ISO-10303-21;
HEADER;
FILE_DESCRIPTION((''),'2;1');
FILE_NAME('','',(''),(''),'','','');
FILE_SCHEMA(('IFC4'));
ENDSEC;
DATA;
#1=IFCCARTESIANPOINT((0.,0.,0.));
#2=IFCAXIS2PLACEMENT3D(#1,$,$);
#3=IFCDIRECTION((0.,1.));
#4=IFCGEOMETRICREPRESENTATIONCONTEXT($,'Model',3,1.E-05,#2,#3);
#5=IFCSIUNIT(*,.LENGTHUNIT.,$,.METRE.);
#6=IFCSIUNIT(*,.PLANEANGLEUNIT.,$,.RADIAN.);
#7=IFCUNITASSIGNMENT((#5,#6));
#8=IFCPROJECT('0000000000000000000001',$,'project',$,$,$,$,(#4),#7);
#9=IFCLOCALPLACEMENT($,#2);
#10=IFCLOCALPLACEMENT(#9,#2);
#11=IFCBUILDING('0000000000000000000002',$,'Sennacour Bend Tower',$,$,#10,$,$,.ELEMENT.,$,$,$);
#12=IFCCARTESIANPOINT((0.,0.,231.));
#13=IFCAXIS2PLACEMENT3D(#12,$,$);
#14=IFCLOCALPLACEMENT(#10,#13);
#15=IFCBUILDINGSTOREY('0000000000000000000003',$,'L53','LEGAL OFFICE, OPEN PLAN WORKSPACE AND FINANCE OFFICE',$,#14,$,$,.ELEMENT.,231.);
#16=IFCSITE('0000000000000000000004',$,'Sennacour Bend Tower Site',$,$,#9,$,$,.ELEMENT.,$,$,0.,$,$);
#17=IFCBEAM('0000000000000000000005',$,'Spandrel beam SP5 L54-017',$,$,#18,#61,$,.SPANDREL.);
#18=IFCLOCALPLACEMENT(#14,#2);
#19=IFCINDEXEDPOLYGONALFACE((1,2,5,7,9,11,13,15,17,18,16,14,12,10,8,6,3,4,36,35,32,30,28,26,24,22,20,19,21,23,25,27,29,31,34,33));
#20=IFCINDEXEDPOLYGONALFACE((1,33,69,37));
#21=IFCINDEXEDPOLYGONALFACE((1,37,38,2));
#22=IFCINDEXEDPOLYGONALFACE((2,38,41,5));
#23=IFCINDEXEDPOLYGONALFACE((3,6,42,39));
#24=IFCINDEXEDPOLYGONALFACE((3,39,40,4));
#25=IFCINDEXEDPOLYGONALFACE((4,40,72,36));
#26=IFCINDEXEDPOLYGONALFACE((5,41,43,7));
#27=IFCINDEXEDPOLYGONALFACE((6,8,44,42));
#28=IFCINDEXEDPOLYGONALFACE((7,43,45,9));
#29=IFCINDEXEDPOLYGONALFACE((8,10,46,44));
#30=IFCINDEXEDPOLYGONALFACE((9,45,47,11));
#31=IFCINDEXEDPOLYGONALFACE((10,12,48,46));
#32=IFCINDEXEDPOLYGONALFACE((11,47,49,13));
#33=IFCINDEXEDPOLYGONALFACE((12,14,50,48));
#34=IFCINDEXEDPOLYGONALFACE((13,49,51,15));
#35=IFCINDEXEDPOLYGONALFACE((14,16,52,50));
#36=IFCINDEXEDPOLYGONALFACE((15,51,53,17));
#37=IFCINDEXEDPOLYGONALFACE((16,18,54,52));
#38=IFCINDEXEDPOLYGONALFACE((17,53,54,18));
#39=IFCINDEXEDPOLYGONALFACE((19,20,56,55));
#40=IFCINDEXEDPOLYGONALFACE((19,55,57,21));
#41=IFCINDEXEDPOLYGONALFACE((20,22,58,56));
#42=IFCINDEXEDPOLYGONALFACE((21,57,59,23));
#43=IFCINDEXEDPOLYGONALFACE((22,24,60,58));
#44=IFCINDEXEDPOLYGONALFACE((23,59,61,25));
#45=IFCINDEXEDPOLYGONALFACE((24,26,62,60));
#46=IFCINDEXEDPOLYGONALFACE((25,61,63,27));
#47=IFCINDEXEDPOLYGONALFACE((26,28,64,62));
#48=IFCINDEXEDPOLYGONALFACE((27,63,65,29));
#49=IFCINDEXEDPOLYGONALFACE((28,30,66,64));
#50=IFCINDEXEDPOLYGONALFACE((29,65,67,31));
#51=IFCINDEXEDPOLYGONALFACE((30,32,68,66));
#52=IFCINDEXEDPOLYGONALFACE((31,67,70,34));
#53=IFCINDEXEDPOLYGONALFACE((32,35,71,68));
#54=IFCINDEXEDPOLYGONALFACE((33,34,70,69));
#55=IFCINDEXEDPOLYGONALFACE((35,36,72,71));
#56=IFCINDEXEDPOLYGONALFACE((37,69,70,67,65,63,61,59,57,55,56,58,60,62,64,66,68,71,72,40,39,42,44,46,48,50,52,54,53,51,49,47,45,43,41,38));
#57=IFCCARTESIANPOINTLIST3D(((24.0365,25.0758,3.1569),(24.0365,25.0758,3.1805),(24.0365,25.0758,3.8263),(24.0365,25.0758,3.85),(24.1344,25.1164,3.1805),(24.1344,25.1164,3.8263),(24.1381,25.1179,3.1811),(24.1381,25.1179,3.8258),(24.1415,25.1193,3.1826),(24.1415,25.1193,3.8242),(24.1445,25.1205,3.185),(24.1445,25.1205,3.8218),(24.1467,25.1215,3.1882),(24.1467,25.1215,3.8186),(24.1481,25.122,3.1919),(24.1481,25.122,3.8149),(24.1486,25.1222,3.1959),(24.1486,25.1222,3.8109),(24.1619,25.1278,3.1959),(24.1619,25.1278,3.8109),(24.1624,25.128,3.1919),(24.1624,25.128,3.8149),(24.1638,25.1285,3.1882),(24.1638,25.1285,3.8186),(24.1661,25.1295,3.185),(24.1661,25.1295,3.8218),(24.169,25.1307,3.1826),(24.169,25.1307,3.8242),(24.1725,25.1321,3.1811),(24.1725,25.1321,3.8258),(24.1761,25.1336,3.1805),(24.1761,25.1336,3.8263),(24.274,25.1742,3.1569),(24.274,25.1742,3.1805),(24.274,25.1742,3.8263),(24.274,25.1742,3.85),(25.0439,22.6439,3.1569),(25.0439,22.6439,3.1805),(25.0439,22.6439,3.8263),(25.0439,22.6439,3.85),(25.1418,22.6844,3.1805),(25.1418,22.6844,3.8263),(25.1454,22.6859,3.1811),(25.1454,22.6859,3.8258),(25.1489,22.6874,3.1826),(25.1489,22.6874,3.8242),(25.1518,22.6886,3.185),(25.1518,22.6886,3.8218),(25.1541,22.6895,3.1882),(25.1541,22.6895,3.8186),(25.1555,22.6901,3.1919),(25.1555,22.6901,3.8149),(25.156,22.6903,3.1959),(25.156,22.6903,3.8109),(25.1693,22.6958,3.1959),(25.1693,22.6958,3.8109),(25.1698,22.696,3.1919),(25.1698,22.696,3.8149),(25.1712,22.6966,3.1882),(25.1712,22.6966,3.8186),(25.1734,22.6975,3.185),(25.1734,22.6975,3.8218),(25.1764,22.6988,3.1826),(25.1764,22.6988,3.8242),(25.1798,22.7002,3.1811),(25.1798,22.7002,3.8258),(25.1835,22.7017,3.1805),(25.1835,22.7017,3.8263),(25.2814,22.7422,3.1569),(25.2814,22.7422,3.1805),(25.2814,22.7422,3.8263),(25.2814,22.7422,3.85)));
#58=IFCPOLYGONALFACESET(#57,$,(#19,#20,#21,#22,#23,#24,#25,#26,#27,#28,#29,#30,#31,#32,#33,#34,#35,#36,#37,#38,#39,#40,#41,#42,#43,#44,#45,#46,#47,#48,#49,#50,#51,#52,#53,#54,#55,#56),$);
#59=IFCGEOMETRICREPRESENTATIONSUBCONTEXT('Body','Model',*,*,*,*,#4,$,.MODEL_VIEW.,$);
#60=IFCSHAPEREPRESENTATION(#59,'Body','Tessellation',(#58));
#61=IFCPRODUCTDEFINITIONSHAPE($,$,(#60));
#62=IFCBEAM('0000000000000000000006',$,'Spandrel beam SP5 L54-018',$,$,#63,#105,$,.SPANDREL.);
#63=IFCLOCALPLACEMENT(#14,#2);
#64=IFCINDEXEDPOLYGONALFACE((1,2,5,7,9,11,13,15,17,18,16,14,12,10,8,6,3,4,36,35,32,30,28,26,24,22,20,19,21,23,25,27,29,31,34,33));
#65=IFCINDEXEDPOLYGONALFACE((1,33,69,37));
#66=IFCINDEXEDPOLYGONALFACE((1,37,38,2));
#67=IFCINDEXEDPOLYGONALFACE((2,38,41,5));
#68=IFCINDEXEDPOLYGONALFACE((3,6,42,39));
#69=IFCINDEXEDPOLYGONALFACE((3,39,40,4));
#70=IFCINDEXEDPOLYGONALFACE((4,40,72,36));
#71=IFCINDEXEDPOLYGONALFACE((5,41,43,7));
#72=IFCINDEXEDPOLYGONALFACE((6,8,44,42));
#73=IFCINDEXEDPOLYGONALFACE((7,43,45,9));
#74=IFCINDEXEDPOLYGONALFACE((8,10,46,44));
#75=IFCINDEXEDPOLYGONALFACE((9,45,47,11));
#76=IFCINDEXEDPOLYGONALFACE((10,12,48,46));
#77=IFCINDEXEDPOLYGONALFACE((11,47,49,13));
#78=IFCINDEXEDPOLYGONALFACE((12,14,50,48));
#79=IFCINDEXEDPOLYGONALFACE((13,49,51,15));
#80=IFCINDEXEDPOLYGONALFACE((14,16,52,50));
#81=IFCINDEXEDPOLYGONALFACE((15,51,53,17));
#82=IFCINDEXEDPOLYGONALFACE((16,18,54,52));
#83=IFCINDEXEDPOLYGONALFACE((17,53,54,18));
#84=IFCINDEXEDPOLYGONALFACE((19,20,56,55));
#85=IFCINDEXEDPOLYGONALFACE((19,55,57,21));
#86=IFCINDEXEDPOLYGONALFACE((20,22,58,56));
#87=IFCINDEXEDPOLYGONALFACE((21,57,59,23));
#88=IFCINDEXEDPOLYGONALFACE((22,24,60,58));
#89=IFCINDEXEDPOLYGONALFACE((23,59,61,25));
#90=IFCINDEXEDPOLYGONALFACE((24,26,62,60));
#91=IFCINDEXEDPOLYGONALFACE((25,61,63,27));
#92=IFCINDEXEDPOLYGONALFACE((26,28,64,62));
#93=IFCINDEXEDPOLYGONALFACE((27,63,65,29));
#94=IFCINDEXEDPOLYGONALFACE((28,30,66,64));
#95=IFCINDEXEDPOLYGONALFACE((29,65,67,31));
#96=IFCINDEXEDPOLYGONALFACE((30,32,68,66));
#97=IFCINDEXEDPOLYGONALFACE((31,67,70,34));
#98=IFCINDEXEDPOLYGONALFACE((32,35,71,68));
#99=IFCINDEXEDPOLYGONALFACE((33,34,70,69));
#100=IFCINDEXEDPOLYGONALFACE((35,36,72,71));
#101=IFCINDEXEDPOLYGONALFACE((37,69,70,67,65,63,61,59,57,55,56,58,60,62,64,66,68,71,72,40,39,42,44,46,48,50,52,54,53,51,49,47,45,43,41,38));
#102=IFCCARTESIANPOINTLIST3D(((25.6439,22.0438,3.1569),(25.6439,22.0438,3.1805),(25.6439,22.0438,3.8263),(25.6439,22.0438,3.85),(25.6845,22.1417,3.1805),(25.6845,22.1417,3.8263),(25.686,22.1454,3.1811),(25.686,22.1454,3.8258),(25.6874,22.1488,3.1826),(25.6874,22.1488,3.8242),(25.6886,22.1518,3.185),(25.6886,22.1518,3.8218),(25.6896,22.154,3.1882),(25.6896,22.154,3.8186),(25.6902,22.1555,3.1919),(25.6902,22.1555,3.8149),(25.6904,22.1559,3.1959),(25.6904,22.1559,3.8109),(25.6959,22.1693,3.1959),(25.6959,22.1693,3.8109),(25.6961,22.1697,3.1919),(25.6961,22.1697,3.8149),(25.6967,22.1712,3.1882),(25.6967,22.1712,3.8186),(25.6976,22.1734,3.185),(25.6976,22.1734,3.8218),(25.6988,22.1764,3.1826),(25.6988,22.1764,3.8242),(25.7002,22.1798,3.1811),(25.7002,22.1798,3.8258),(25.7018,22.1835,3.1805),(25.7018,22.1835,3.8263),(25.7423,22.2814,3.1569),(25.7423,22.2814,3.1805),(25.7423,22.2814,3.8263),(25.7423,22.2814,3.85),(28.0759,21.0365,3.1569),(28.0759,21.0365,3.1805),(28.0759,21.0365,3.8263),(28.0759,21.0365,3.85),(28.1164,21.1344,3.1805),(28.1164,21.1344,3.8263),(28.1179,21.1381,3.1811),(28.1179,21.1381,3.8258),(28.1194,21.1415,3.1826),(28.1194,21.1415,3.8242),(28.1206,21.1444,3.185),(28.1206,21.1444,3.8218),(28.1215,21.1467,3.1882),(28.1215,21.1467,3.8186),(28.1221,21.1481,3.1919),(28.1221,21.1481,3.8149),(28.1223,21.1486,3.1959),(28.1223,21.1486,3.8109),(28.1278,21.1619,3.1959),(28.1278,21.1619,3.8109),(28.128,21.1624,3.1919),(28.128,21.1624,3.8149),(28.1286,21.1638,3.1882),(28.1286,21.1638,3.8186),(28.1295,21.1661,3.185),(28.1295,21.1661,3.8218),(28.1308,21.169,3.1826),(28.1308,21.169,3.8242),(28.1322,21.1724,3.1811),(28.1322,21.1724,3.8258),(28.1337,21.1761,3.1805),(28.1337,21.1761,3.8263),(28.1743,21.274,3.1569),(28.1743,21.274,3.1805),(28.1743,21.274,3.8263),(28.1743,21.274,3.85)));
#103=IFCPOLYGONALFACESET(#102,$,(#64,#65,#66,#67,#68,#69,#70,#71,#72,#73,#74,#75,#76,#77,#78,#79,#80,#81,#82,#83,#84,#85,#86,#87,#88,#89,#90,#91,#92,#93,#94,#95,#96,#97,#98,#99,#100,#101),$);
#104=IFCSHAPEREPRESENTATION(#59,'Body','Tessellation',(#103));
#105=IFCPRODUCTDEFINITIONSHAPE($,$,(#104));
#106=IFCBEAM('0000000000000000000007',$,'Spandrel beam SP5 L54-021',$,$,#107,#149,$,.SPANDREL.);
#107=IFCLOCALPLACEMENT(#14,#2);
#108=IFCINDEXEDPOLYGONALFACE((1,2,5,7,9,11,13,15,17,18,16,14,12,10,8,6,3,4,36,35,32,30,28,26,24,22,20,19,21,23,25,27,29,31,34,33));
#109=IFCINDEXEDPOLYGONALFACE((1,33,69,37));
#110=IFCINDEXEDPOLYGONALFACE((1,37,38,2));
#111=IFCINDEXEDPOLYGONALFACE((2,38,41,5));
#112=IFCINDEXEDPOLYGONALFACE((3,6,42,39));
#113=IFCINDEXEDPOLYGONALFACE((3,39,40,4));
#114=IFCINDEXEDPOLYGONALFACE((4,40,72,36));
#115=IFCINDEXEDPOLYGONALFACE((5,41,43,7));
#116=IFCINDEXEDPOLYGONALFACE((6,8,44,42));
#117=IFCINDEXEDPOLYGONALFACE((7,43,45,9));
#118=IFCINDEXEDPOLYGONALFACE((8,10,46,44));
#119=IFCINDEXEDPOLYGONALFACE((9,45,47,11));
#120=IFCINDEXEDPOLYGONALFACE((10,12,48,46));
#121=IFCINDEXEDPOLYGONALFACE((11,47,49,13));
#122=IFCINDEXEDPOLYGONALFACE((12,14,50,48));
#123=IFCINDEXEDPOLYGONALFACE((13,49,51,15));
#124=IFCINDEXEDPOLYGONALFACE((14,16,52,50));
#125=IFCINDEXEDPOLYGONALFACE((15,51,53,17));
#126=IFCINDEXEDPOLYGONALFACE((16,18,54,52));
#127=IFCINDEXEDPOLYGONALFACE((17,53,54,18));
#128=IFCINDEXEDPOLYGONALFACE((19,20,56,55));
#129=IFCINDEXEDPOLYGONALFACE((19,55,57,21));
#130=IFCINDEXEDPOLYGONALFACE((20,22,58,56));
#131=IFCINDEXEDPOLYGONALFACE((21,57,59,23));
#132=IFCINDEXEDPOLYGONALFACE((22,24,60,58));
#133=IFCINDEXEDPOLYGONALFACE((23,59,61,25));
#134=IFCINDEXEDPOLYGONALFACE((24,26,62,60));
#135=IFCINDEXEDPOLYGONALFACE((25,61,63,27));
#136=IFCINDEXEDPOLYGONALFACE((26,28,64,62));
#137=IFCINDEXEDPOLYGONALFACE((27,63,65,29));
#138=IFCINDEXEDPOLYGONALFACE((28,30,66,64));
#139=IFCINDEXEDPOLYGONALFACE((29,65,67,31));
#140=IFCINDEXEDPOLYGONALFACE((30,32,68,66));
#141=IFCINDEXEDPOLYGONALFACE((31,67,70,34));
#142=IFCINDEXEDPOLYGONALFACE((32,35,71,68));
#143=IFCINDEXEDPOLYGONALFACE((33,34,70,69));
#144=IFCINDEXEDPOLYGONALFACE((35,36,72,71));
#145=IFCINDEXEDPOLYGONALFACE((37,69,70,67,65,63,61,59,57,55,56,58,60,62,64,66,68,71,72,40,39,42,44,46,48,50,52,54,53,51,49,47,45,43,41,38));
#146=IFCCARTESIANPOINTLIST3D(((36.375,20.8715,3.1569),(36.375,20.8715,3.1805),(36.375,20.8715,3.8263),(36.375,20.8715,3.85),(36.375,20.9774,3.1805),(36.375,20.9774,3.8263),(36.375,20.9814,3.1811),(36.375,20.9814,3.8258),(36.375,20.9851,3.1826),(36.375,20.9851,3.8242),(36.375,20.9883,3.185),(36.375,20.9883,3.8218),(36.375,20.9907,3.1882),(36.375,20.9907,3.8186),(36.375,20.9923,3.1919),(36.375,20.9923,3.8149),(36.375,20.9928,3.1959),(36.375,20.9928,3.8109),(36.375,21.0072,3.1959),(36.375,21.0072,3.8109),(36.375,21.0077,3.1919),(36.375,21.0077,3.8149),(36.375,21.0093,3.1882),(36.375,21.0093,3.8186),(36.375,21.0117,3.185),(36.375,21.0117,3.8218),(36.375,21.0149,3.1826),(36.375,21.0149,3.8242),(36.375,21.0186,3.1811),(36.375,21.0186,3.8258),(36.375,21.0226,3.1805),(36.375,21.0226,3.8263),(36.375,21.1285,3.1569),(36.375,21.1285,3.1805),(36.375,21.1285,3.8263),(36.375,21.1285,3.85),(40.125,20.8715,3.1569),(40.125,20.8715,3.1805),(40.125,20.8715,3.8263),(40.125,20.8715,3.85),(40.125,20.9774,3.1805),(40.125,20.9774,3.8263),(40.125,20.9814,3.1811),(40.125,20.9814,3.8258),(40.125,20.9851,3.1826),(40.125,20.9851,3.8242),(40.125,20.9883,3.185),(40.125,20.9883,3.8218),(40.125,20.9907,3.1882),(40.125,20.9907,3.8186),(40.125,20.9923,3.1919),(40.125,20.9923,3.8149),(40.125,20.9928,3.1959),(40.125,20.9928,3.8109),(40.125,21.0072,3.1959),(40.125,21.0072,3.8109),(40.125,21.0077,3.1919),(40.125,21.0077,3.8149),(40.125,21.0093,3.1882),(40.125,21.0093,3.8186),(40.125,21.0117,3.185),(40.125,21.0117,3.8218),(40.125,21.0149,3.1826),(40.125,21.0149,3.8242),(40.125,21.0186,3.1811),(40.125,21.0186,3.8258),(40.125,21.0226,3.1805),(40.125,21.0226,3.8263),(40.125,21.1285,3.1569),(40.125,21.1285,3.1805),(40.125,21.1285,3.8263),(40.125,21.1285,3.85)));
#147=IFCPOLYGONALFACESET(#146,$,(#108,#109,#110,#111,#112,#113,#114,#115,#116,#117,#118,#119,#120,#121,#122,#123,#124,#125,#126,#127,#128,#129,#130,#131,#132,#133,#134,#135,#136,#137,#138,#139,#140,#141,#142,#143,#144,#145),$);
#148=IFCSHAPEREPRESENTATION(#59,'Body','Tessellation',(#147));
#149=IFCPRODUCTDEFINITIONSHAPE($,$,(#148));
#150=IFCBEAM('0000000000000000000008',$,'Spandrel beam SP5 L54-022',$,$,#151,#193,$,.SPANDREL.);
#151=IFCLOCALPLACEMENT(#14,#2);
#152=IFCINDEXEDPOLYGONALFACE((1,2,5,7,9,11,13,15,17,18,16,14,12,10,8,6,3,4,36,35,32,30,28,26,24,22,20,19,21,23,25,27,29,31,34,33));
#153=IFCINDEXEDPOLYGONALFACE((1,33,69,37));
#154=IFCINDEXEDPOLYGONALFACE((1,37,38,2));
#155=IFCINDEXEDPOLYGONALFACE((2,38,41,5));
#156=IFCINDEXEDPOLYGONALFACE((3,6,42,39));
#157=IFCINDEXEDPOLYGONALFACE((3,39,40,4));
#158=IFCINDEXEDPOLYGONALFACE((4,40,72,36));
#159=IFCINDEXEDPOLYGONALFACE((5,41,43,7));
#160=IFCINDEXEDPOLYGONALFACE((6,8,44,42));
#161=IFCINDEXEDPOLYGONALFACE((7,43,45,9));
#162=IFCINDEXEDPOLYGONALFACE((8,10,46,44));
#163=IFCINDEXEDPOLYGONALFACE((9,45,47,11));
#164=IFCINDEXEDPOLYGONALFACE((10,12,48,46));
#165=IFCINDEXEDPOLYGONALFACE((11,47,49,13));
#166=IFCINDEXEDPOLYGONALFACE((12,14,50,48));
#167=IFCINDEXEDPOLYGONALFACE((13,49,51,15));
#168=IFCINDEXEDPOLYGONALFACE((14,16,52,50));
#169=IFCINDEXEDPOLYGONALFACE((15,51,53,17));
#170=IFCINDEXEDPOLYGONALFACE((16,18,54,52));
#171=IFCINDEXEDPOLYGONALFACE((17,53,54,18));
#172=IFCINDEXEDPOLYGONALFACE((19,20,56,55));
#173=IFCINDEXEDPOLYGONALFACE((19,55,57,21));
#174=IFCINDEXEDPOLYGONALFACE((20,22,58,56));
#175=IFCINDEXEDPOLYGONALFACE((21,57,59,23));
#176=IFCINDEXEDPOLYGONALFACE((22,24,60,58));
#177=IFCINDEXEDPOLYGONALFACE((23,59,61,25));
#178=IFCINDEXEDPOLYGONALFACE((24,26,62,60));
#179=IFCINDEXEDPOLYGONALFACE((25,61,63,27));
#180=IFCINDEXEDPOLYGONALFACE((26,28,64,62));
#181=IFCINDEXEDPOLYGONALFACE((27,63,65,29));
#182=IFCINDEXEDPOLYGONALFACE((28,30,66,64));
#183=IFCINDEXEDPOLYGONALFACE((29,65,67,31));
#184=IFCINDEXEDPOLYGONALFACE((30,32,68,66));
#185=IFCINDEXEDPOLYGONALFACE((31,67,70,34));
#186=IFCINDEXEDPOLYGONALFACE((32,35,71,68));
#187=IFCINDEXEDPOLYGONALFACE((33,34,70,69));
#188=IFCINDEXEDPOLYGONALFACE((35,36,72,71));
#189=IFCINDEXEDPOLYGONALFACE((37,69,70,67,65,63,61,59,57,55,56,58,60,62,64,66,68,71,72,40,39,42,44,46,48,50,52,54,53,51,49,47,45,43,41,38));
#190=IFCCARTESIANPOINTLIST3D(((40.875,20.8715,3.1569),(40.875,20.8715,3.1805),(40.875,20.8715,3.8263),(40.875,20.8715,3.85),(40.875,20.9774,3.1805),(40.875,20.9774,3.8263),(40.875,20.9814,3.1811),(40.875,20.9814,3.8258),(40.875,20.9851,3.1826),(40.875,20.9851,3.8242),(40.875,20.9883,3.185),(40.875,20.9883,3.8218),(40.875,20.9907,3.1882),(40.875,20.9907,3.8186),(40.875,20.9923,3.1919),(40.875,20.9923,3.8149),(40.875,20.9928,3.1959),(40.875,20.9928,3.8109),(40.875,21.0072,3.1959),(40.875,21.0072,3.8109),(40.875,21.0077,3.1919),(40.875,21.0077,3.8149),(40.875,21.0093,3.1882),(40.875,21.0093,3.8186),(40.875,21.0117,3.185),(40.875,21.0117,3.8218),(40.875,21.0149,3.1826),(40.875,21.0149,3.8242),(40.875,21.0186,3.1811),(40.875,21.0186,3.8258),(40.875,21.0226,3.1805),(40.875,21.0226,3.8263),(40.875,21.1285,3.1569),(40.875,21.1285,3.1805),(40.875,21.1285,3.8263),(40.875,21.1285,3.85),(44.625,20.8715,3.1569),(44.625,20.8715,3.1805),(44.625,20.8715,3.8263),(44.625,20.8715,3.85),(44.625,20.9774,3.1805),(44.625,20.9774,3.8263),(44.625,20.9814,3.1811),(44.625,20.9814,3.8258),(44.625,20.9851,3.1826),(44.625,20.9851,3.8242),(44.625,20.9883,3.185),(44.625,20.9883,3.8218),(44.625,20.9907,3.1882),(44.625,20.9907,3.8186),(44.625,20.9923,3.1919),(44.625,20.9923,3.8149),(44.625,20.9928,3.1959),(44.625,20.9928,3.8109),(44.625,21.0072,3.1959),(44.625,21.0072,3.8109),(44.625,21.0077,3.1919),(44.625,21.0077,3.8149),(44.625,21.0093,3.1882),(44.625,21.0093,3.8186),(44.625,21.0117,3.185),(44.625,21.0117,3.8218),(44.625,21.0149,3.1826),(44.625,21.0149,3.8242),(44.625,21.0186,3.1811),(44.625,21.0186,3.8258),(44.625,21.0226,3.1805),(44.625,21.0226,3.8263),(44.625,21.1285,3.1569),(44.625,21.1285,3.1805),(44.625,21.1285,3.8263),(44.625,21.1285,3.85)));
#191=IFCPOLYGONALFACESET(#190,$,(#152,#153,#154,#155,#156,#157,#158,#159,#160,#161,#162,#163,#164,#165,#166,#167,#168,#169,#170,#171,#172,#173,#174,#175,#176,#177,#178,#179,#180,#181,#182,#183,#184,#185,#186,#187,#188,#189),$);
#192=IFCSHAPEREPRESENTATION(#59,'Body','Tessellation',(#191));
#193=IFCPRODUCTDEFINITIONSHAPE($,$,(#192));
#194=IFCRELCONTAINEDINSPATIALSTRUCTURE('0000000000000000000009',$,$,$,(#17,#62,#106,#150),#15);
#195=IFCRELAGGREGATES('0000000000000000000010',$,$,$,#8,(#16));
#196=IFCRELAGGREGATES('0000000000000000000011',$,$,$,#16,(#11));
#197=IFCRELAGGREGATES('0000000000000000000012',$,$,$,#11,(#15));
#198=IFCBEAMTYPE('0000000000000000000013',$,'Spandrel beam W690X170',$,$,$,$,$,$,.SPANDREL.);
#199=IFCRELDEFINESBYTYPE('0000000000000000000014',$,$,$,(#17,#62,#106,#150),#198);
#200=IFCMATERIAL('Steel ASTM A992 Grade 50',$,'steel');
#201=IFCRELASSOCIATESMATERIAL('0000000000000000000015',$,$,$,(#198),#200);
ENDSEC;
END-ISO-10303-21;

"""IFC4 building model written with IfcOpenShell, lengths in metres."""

from ifc_helpers import new_model, si_unit, direction, frame, origin, origin_2d, place, context, subcontext, project, spatial, i_section, extrude, material, material_profile, profile_set, type_object, element, save


model = new_model("IFC4")

# Units and contexts
model_context = context("Model", 3, precision=1e-05, world=origin(), true_north=direction((0.0, 1.0)))
body_context = subcontext(model_context, "Body", "Model", "MODEL_VIEW")
ifc_project = project(units=[si_unit("LENGTHUNIT", "METRE"), si_unit("PLANEANGLEUNIT", "RADIAN")], contexts=[model_context])

# Site, building, storey
site_placement = place(None, origin())
site = spatial("IfcSite", under=ifc_project, at=site_placement, Name="Sennacour Bend Tower Site", CompositionType="ELEMENT", RefElevation=0.0)
building_placement = place(site_placement, origin())
building = spatial("IfcBuilding", under=site, at=building_placement, Name="Sennacour Bend Tower", CompositionType="ELEMENT")
storey_placement = place(building_placement, frame((0.0, 0.0, 231.0)))
storey = spatial("IfcBuildingStorey", under=building, at=storey_placement, Name="L53", Description="LEGAL OFFICE, OPEN PLAN WORKSPACE AND FINANCE OFFICE", CompositionType="ELEMENT", Elevation=231.0)

# Beams
ifc_material_1 = material(Name="Steel ASTM A992 Grade 50", Category="steel")
ifc_material_profile_1 = material_profile(ifc_material_1, i_section(OverallWidth=0.2571, OverallDepth=0.6931, WebThickness=0.0144, FlangeThickness=0.0237, FilletRadius=0.0154, at=origin_2d()), Name="Steel ASTM A992 Grade 50", Category="steel")
ifc_profile_set_1 = profile_set([ifc_material_profile_1], Name="Steel ASTM A992 Grade 50")
beam_type = type_object("IfcBeamType", Name="Spandrel beam W690X170", PredefinedType="SPANDREL", material=ifc_profile_set_1)
for number, where, z_axis, x_axis, name in (
    (1, (24.1553, 25.125, 3.5034), (0.382685, -0.923879, 0.0), (0.923879, 0.382685, 0.0), "Spandrel beam SP5 L54-017"),
    (2, (25.6931, 22.1626, 3.5034), (0.923879, -0.382685, 0.0), (0.382685, 0.923879, 0.0), "Spandrel beam SP5 L54-018"),
):
    element("IfcBeam", number, at=place(storey_placement, frame(where, z_axis=z_axis, x_axis=x_axis)), inside=storey, type_object=beam_type, Name=name, PredefinedType="SPANDREL", context=body_context, shape_type="SweptSolid", body=[
        extrude(i_section(OverallWidth=0.2571, OverallDepth=0.6931, WebThickness=0.0144, FlangeThickness=0.0237, FilletRadius=0.0154, at=origin_2d()), origin(), (0.0, 0.0, 1.0), 2.6323),
    ])
for number, where, z_axis, x_axis, name in (
    (3, (36.375, 21.0, 3.5034), (1.0, 0.0, 0.0), (0.0, 1.0, 0.0), "Spandrel beam SP5 L54-021"),
    (4, (40.875, 21.0, 3.5034), (1.0, 0.0, 0.0), (0.0, 1.0, 0.0), "Spandrel beam SP5 L54-022"),
):
    element("IfcBeam", number, at=place(storey_placement, frame(where, z_axis=z_axis, x_axis=x_axis)), inside=storey, type_object=beam_type, Name=name, PredefinedType="SPANDREL", context=body_context, shape_type="SweptSolid", body=[
        extrude(i_section(OverallWidth=0.2571, OverallDepth=0.6931, WebThickness=0.0144, FlangeThickness=0.0237, FilletRadius=0.0154, at=origin_2d()), origin(), (0.0, 0.0, 1.0), 3.75),
    ])

save(model, "model.ifc")
